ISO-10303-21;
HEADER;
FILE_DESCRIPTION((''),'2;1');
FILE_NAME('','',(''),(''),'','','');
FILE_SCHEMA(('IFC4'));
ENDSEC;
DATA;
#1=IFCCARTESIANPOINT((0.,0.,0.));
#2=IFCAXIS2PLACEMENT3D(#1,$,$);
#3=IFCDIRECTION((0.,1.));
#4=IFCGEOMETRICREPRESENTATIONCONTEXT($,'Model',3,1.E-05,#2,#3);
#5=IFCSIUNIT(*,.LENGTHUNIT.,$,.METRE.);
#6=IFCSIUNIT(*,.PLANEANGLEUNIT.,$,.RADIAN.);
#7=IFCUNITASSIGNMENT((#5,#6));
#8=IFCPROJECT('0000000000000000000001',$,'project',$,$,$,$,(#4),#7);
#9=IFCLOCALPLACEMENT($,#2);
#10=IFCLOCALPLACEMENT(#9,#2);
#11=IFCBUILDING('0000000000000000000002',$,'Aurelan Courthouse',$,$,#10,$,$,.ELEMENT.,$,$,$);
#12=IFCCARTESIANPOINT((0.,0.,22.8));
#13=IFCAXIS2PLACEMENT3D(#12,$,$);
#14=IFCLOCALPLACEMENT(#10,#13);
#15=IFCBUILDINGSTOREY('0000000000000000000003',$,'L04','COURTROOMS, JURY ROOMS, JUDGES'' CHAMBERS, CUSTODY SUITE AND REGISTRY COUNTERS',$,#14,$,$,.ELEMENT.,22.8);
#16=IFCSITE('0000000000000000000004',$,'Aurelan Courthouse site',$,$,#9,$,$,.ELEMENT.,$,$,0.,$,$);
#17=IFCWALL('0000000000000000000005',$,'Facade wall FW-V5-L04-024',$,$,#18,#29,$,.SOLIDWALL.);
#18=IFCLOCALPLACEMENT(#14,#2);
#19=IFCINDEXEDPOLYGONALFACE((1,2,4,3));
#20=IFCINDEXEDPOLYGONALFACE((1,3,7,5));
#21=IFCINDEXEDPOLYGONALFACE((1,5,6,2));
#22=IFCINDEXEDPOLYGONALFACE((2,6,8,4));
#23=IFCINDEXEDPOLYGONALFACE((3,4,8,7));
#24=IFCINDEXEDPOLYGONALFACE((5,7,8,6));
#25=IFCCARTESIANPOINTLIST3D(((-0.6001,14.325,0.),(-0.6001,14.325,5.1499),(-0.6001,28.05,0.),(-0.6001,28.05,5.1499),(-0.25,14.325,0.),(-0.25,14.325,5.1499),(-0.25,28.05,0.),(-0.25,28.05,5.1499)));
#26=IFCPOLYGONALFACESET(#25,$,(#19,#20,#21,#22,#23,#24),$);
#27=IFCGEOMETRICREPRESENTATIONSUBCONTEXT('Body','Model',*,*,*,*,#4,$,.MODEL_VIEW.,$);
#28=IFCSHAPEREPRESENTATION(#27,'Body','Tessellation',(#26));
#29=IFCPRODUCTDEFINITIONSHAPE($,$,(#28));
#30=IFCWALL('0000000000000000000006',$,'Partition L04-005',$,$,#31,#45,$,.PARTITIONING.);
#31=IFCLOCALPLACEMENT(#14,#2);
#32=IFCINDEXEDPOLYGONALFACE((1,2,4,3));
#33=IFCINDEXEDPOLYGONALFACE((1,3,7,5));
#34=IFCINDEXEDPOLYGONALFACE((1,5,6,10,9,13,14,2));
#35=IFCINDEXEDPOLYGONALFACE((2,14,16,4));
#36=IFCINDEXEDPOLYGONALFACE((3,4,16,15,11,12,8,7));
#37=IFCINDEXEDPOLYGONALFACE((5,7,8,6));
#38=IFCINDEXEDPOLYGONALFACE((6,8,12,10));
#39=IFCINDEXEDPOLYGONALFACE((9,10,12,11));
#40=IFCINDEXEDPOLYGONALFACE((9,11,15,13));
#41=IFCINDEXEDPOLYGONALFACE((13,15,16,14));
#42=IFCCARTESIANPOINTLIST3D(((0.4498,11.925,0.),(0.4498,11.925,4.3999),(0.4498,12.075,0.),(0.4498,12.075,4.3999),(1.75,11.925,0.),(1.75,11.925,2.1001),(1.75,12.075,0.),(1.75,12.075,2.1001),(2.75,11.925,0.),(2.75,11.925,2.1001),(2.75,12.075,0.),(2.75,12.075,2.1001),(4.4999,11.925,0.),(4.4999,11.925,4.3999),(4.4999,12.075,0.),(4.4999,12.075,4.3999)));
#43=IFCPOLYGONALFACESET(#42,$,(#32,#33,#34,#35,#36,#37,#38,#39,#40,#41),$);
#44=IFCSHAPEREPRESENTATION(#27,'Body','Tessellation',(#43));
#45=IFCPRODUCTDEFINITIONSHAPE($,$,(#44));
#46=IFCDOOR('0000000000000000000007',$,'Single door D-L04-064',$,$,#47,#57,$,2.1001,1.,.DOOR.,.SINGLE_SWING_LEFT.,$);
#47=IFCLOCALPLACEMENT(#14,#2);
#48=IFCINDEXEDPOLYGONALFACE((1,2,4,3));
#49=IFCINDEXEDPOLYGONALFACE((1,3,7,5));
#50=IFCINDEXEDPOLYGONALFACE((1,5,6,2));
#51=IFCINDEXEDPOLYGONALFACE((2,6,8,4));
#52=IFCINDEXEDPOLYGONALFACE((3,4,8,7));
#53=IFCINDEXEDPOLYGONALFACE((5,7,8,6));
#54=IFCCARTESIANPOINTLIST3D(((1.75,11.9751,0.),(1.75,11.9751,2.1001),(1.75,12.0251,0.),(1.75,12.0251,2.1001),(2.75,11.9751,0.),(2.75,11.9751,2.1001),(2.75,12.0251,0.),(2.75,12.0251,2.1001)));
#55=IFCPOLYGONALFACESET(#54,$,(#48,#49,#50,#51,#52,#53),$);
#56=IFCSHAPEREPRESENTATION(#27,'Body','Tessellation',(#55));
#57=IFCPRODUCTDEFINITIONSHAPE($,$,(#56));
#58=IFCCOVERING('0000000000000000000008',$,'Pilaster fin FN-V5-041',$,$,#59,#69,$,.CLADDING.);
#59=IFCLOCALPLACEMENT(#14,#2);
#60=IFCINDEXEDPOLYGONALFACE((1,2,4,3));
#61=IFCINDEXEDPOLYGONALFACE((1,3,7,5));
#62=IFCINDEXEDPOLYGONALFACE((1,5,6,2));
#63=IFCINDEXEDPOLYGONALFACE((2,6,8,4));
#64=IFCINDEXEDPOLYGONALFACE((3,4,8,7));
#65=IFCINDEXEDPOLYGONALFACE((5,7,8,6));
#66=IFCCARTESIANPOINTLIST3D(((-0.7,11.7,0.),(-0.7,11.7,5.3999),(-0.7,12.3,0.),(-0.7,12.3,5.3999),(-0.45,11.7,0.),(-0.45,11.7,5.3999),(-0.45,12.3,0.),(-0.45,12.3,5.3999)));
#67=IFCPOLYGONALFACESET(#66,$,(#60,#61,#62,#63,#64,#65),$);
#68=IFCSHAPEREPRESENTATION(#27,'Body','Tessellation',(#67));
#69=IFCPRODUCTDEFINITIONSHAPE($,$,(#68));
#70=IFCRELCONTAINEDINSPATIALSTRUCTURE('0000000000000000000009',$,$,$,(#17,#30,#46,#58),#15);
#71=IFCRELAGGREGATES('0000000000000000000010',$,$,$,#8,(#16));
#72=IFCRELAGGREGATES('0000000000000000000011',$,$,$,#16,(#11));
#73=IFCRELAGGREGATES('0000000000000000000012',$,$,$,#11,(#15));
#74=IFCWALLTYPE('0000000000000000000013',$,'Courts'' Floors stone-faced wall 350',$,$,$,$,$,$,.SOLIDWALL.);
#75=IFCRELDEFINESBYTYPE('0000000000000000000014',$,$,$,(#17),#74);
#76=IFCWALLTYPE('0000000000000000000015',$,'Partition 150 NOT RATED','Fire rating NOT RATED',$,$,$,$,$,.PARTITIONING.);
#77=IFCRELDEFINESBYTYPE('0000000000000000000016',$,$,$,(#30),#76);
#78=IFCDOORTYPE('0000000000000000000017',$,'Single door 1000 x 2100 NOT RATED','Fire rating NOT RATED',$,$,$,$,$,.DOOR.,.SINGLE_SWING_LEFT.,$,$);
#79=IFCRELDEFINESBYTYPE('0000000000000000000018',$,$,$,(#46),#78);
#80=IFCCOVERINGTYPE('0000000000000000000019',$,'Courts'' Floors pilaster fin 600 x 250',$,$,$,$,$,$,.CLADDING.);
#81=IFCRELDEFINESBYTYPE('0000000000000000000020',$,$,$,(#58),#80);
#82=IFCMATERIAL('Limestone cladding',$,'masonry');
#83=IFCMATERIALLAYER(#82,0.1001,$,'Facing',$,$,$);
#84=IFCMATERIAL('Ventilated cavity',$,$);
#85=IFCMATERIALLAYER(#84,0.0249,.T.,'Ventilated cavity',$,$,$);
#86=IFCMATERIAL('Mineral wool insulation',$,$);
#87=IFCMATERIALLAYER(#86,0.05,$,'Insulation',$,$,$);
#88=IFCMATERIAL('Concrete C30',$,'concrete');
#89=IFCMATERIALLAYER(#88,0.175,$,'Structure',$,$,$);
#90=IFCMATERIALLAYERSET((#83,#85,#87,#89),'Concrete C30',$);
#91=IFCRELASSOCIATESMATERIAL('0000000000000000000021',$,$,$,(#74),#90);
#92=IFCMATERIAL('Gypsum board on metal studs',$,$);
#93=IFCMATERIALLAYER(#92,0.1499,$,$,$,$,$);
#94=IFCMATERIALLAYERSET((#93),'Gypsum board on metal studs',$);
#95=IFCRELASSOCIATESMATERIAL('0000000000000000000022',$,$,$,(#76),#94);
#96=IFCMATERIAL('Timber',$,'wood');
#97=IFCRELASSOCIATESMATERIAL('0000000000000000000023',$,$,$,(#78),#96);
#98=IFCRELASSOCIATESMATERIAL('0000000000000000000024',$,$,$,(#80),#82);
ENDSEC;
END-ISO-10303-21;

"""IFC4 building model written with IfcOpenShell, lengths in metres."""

from ifc_helpers import new_model, si_unit, direction, frame, frame_2d, origin, origin_2d, place, context, subcontext, project, spatial, rectangle, extrude, material, layer, layer_set, type_object, element, fill, save


model = new_model("IFC4")

# Units and contexts
model_context = context("Model", 3, precision=1e-05, world=origin(), true_north=direction((0.0, 1.0)))
body_context = subcontext(model_context, "Body", "Model", "MODEL_VIEW")
ifc_project = project(units=[si_unit("LENGTHUNIT", "METRE"), si_unit("PLANEANGLEUNIT", "RADIAN")], contexts=[model_context])

# Site, building, storey
site_placement = place(None, origin())
site = spatial("IfcSite", under=ifc_project, at=site_placement, Name="Aurelan Courthouse site", CompositionType="ELEMENT", RefElevation=0.0)
building_placement = place(site_placement, origin())
building = spatial("IfcBuilding", under=site, at=building_placement, Name="Aurelan Courthouse", CompositionType="ELEMENT")
storey_placement = place(building_placement, frame((0.0, 0.0, 22.8)))
storey = spatial("IfcBuildingStorey", under=building, at=storey_placement, Name="L04", Description="COURTROOMS, JURY ROOMS, JUDGES' CHAMBERS, CUSTODY SUITE AND REGISTRY COUNTERS", CompositionType="ELEMENT", Elevation=22.8)

# Wall
ifc_material_1 = material(Name="Limestone cladding", Category="masonry")
ifc_layer_1 = layer(ifc_material_1, 0.1001, Name="Facing")
ifc_material_2 = material(Name="Ventilated cavity")
ifc_layer_2 = layer(ifc_material_2, 0.0249, ventilated=True, Name="Ventilated cavity")
ifc_material_3 = material(Name="Mineral wool insulation")
ifc_layer_3 = layer(ifc_material_3, 0.05, Name="Insulation")
ifc_material_4 = material(Name="Concrete C30", Category="concrete")
ifc_layer_4 = layer(ifc_material_4, 0.175, Name="Structure")
ifc_layer_set_1 = layer_set([ifc_layer_1, ifc_layer_2, ifc_layer_3, ifc_layer_4], Name="Concrete C30")
wall_type_1 = type_object("IfcWallType", Name="Courts' Floors stone-faced wall 350", PredefinedType="SOLIDWALL", material=ifc_layer_set_1)
wall_1_placement = place(storey_placement, frame((-0.425, 14.325, 0.0), z_axis=(0.0, 0.0, 1.0), x_axis=(0.0, 1.0, 0.0)))
element("IfcWall", 1, at=wall_1_placement, inside=storey, type_object=wall_type_1, Name="Facade wall FW-V5-L04-024", PredefinedType="SOLIDWALL", context=body_context, shape_type="SweptSolid", body=[
    extrude(rectangle(XDim=13.7251, YDim=0.3501, at=frame_2d((6.8625, 0.0))), origin(), (0.0, 0.0, 1.0), 5.1499),
])

# Wall, opening, door
ifc_material_5 = material(Name="Gypsum board on metal studs")
ifc_layer_5 = layer(ifc_material_5, 0.1499)
ifc_layer_set_2 = layer_set([ifc_layer_5], Name="Gypsum board on metal studs")
wall_type_2 = type_object("IfcWallType", Name="Partition 150 NOT RATED", Description="Fire rating NOT RATED", PredefinedType="PARTITIONING", material=ifc_layer_set_2)
wall_2_placement = place(storey_placement, frame((0.45, 12.0, 0.0), z_axis=(0.0, 0.0, 1.0), x_axis=(1.0, 0.0, 0.0)))
wall_2 = element("IfcWall", 2, at=wall_2_placement, inside=storey, type_object=wall_type_2, Name="Partition L04-005", PredefinedType="PARTITIONING", context=body_context, shape_type="SweptSolid", body=[
    extrude(rectangle(XDim=4.05, YDim=0.1499, at=frame_2d((2.0249, 0.0))), origin(), (0.0, 0.0, 1.0), 4.3999),
])
opening_placement = place(wall_2_placement, frame((2.3, 0.0, 0.0), z_axis=(0.0, 0.0, 1.0), x_axis=(-1.0, 0.0, 0.0)))
opening = element("IfcOpeningElement", 3, at=opening_placement, cuts=wall_2, PredefinedType="OPENING", context=body_context, shape_type="SweptSolid", body=[
    extrude(rectangle(XDim=1.0, YDim=2.1001, at=frame_2d((0.5, 1.05))), frame((0.0, 0.085, 0.0), z_axis=(0.0, -1.0, 0.0), x_axis=(1.0, 0.0, 0.0)), (0.0, 0.0, 1.0), 0.1699),
])
ifc_material_6 = material(Name="Timber", Category="wood")
door_type = type_object("IfcDoorType", Name="Single door 1000 x 2100 NOT RATED", Description="Fire rating NOT RATED", OperationType="SINGLE_SWING_LEFT", PredefinedType="DOOR", material=ifc_material_6)
door_placement = place(opening_placement, origin())
door = element("IfcDoor", 4, at=door_placement, inside=storey, type_object=door_type, Name="Single door D-L04-064", OperationType="SINGLE_SWING_LEFT", OverallHeight=2.1001, OverallWidth=1.0, PredefinedType="DOOR", context=body_context, shape_type="SweptSolid", body=[
    extrude(rectangle(XDim=1.0, YDim=2.1001, at=frame_2d((0.5, 1.05))), frame((0.0, 0.0249, 0.0), z_axis=(0.0, -1.0, 0.0), x_axis=(1.0, 0.0, 0.0)), (0.0, 0.0, 1.0), 0.05),
])
fill(opening, door)

# Covering
covering_type_1 = type_object("IfcCoveringType", Name="Courts' Floors pilaster fin 600 x 250", PredefinedType="CLADDING", material=ifc_material_1)
covering_1_placement = place(storey_placement, frame((-0.575, 12.0, 0.0), z_axis=(0.0, 0.0, 1.0), x_axis=(1.0, 0.0, 0.0)))
element("IfcCovering", 5, at=covering_1_placement, inside=storey, type_object=covering_type_1, Name="Pilaster fin FN-V5-041", PredefinedType="CLADDING", context=body_context, shape_type="SweptSolid", body=[
    extrude(rectangle(XDim=0.25, YDim=0.6001, at=origin_2d()), origin(), (0.0, 0.0, 1.0), 5.3999),
])

save(model, "model.ifc")
